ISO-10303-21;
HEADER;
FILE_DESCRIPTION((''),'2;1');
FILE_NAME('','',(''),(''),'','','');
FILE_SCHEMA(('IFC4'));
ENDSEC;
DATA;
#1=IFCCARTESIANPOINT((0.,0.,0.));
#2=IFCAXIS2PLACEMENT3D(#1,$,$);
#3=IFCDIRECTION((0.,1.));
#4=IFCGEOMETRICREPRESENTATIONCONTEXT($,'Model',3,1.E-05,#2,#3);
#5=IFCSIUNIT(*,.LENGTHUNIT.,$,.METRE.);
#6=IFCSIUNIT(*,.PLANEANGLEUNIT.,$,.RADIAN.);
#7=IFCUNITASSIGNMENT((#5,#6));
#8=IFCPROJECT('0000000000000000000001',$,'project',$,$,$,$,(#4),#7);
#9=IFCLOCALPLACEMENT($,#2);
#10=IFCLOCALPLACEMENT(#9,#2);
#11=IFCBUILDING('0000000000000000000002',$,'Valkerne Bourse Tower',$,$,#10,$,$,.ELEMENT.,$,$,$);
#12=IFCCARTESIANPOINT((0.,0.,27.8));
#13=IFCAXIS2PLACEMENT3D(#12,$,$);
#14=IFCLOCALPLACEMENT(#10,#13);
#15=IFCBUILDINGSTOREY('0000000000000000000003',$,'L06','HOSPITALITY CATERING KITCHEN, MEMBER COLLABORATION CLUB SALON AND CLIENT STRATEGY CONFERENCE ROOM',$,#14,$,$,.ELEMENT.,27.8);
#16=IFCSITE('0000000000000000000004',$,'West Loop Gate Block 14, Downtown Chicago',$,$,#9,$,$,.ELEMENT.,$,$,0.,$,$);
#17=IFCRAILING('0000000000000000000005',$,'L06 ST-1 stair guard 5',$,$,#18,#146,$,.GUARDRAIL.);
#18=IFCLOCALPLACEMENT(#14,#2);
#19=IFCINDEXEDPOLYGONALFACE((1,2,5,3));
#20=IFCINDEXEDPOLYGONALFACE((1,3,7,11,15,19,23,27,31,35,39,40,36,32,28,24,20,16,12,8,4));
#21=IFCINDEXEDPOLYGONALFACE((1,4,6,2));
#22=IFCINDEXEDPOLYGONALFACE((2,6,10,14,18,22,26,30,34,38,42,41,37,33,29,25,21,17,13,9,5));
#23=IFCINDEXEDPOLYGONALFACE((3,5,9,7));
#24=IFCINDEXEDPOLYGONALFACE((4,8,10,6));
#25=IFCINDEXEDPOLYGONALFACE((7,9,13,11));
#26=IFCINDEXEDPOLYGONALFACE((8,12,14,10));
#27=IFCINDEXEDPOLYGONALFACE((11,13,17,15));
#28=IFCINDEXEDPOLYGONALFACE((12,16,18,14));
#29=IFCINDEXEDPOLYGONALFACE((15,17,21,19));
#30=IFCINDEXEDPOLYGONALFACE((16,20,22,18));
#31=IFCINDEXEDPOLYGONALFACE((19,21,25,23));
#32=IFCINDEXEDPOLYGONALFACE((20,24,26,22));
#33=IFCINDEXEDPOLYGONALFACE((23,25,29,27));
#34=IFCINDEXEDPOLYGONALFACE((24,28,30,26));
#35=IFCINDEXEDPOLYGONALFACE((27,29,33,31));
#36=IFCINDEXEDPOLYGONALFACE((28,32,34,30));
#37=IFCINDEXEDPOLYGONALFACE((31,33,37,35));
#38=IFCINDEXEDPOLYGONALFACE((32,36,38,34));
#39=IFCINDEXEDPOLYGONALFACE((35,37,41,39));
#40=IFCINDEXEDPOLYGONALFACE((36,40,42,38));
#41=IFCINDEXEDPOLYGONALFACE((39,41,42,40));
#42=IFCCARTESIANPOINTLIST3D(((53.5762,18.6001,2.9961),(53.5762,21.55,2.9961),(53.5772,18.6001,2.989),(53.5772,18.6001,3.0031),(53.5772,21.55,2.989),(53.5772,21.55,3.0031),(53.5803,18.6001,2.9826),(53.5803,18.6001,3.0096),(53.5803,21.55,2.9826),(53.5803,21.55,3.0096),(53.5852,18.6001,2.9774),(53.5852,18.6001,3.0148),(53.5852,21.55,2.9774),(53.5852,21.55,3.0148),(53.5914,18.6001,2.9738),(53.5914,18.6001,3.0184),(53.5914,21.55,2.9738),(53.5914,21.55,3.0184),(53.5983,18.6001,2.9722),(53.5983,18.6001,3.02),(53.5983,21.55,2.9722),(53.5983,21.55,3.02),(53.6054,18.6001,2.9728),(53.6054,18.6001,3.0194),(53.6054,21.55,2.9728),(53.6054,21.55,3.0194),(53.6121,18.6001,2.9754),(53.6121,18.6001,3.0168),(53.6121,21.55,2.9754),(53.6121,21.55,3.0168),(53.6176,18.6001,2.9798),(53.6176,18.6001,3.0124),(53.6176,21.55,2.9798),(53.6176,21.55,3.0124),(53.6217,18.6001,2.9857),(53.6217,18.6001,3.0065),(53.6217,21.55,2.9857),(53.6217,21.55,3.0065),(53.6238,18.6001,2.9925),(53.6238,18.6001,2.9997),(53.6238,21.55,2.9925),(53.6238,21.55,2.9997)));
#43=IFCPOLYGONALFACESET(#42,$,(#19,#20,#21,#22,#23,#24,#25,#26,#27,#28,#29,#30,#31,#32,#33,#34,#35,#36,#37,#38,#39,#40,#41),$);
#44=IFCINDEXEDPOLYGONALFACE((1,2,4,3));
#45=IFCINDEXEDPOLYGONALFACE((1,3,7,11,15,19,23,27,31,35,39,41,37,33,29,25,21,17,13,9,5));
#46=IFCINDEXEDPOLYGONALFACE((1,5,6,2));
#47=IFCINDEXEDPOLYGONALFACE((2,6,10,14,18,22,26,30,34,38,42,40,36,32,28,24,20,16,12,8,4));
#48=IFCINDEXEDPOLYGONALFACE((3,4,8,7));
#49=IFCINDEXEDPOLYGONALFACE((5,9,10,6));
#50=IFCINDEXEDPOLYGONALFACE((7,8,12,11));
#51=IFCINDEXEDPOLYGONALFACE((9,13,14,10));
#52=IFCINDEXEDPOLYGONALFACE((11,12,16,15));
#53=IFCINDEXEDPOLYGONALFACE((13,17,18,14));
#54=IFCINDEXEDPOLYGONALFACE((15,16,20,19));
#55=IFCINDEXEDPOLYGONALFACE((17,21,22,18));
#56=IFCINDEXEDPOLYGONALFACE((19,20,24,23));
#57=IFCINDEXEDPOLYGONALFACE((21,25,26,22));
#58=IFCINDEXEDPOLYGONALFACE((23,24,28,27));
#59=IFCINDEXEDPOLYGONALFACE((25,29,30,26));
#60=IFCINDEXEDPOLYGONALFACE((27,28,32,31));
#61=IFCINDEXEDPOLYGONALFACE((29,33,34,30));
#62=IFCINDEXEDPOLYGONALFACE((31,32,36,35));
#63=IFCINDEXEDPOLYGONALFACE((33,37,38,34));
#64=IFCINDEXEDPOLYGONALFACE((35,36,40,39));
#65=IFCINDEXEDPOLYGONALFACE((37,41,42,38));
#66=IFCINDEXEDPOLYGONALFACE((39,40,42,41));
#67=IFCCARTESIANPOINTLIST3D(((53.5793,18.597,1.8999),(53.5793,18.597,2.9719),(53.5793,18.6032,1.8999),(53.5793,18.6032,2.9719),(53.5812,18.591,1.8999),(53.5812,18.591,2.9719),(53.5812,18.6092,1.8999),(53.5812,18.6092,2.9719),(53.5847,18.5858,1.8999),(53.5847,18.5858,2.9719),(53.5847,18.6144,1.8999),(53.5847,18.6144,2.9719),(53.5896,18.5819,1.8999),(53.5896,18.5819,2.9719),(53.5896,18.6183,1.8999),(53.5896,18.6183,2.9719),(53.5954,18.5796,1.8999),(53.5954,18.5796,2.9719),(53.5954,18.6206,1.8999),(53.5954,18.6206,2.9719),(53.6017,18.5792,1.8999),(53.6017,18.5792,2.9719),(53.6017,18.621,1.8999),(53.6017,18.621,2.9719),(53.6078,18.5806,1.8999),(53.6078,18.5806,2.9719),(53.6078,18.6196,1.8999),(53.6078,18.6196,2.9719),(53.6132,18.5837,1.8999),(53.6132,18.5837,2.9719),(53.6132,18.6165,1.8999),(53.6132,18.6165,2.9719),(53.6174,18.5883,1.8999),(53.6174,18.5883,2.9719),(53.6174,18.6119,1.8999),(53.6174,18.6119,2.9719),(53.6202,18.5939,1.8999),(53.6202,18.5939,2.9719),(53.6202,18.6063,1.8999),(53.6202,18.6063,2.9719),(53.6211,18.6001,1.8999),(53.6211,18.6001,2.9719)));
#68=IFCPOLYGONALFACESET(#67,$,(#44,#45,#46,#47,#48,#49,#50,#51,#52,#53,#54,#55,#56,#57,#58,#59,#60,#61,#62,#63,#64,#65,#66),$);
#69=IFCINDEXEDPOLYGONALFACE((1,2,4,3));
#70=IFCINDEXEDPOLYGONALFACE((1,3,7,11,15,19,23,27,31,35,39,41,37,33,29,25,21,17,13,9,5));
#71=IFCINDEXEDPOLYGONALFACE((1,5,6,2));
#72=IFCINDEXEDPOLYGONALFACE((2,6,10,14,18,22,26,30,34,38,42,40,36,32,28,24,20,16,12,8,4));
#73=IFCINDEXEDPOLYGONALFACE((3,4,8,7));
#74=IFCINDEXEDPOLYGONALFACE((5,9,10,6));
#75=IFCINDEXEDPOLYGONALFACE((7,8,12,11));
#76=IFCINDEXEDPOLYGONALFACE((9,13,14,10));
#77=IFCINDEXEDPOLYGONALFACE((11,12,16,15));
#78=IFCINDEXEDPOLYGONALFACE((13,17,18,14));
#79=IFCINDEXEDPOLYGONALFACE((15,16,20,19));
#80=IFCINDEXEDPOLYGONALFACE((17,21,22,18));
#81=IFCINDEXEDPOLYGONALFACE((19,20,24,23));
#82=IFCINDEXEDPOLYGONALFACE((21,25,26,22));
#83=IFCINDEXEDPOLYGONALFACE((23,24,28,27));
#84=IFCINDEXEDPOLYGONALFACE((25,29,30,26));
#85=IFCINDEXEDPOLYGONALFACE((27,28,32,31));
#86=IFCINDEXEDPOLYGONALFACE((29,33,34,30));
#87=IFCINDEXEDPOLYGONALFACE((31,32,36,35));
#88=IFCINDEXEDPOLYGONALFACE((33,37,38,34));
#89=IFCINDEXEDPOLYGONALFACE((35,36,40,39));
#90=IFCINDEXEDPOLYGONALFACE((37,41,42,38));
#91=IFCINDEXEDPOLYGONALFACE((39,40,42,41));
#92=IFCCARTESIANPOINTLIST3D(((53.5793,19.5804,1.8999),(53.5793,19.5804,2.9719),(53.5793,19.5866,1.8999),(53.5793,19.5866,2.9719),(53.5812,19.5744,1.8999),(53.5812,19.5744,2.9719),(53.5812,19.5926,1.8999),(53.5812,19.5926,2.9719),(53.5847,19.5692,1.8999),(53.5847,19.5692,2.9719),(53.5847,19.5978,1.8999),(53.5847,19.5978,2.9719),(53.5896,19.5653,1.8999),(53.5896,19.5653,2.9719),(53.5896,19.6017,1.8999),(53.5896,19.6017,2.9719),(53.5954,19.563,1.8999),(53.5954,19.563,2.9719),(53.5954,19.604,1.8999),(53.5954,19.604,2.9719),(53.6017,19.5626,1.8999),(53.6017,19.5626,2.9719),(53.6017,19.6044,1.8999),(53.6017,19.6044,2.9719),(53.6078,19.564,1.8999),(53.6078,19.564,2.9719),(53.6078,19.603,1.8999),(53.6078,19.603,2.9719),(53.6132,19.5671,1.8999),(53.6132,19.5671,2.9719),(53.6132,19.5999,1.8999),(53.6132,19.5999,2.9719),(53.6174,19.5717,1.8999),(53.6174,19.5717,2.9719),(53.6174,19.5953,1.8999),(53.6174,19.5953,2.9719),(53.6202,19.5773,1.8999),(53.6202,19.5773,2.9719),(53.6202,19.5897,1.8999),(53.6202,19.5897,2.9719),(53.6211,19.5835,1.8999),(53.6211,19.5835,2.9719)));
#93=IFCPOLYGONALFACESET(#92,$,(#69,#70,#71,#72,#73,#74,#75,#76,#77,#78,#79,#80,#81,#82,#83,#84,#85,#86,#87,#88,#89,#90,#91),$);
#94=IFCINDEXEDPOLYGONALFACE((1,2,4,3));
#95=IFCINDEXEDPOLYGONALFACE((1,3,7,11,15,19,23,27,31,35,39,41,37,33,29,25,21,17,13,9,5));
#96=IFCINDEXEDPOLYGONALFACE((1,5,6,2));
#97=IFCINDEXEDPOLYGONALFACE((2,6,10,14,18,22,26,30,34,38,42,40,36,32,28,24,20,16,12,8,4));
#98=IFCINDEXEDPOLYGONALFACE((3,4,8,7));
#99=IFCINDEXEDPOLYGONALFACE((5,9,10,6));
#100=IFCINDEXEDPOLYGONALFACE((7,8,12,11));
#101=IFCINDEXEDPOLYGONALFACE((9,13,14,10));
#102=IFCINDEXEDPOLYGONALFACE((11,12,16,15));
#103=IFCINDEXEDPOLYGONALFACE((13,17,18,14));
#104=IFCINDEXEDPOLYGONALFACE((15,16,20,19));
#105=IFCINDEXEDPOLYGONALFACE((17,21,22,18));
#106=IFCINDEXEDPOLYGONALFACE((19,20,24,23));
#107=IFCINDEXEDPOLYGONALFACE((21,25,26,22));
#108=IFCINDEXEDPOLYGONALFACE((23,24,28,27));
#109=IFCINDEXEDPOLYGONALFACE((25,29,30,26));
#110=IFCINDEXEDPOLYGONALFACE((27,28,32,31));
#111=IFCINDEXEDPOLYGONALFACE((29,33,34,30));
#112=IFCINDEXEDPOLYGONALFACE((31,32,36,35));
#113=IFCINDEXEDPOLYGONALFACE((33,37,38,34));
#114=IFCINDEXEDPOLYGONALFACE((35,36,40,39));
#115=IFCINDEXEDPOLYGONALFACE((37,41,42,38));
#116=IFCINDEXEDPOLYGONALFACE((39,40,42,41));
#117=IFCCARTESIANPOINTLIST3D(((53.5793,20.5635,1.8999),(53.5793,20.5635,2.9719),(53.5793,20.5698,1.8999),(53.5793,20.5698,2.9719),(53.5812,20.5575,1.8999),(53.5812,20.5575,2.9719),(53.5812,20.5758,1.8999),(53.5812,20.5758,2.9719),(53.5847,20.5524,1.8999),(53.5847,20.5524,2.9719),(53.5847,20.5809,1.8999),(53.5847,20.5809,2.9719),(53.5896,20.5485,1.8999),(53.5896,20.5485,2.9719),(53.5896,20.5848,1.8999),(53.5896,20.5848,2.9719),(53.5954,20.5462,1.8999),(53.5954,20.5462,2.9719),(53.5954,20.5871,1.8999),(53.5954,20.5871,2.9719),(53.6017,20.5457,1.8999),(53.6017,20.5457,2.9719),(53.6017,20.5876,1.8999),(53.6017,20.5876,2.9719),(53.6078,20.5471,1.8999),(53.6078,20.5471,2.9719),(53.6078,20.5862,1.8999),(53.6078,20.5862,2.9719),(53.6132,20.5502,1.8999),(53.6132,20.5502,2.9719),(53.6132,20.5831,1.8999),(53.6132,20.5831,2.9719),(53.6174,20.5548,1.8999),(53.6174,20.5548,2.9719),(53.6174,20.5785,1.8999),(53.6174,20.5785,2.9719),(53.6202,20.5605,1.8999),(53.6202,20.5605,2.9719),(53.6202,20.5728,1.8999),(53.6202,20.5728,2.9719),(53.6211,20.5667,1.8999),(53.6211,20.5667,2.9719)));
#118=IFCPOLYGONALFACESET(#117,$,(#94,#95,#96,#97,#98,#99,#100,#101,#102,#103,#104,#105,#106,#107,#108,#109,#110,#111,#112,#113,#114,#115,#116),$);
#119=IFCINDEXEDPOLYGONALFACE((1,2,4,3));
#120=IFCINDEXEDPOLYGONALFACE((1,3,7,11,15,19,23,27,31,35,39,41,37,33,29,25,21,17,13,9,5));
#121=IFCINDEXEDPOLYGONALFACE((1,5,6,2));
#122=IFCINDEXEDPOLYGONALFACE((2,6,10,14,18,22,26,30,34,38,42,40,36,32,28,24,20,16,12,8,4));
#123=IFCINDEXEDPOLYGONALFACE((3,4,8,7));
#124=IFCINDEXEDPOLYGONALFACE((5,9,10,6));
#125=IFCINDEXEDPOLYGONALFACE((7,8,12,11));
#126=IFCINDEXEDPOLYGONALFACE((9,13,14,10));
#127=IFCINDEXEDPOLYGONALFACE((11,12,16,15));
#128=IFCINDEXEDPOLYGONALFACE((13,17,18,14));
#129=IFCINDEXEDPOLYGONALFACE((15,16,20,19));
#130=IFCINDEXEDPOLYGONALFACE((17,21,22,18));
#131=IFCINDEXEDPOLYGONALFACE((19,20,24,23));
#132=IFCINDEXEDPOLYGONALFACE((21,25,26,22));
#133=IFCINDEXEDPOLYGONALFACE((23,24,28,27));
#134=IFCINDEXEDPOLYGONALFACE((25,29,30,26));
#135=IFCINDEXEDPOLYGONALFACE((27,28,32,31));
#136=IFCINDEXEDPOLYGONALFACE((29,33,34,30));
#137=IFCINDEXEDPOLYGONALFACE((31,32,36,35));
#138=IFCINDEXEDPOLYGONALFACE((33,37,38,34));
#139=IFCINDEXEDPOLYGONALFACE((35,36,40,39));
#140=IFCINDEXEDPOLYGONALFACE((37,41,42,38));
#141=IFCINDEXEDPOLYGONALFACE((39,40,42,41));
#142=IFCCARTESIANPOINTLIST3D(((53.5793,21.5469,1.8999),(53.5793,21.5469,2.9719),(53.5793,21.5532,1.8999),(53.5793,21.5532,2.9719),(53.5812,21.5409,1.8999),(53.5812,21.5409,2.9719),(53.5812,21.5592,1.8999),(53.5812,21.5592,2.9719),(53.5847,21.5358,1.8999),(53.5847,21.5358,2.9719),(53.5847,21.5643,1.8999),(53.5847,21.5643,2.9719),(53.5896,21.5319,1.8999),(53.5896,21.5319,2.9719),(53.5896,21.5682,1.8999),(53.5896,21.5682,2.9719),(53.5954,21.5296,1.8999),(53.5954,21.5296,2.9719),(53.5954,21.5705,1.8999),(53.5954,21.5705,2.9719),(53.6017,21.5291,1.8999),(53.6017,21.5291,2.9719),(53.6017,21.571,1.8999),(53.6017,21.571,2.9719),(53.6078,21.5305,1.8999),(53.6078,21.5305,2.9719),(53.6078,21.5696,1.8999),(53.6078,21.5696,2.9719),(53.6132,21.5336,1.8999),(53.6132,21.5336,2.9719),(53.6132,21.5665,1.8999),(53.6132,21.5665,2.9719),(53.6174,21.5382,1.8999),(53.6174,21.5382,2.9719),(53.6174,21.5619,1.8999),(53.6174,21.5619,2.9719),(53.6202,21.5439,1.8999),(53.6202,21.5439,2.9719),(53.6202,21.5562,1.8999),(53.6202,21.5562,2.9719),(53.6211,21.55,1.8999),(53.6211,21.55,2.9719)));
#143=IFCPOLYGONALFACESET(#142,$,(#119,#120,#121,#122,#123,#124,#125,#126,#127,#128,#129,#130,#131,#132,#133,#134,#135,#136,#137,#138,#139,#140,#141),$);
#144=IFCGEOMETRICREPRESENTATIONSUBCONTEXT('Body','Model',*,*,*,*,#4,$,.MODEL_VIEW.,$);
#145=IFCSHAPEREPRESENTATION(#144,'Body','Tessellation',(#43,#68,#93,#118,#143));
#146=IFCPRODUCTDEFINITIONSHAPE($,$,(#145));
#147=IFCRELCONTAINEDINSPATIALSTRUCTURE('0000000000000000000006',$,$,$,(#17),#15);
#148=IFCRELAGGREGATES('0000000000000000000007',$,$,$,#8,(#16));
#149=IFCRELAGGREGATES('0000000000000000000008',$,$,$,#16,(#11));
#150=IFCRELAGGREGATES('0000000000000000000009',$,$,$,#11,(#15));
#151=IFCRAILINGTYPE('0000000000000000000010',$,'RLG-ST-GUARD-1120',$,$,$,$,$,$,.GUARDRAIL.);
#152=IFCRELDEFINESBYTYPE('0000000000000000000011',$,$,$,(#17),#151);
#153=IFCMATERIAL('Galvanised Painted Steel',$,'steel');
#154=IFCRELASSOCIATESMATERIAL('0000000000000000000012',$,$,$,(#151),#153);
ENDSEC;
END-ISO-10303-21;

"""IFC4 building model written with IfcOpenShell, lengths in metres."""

from ifc_helpers import new_model, si_unit, direction, frame, origin, origin_2d, place, context, subcontext, project, spatial, circle, extrude, material, type_object, element, save


model = new_model("IFC4")

# Units and contexts
model_context = context("Model", 3, precision=1e-05, world=origin(), true_north=direction((0.0, 1.0)))
body_context = subcontext(model_context, "Body", "Model", "MODEL_VIEW")
ifc_project = project(units=[si_unit("LENGTHUNIT", "METRE"), si_unit("PLANEANGLEUNIT", "RADIAN")], contexts=[model_context])

# Site, building, storey
site_placement = place(None, origin())
site = spatial("IfcSite", under=ifc_project, at=site_placement, Name="West Loop Gate Block 14, Downtown Chicago", CompositionType="ELEMENT", RefElevation=0.0)
building_placement = place(site_placement, origin())
building = spatial("IfcBuilding", under=site, at=building_placement, Name="Valkerne Bourse Tower", CompositionType="ELEMENT")
storey_placement = place(building_placement, frame((0.0, 0.0, 27.8)))
storey = spatial("IfcBuildingStorey", under=building, at=storey_placement, Name="L06", Description="HOSPITALITY CATERING KITCHEN, MEMBER COLLABORATION CLUB SALON AND CLIENT STRATEGY CONFERENCE ROOM", CompositionType="ELEMENT", Elevation=27.8)

# Shared definitions
ifc_material_1 = material(Name="Galvanised Painted Steel", Category="steel")

# Railing
railing_type_1 = type_object("IfcRailingType", Name="RLG-ST-GUARD-1120", PredefinedType="GUARDRAIL", material=ifc_material_1)
railing_1_placement = place(storey_placement, frame((53.6001, 18.6001, 1.8999)))
element("IfcRailing", 1, at=railing_1_placement, inside=storey, type_object=railing_type_1, Name="L06 ST-1 stair guard 5", PredefinedType="GUARDRAIL", context=body_context, shape_type="SweptSolid", body=[
    extrude(circle(Radius=0.0239, at=origin_2d()), frame((0.0, 0.0, 1.0962), z_axis=(0.0, 1.0, 0.0), x_axis=(-1.0, 0.0, 0.0)), (0.0, 0.0, 1.0), 2.95),
    extrude(circle(Radius=0.021, at=origin_2d()), origin(), (0.0, 0.0, 1.0), 1.072),
    extrude(circle(Radius=0.021, at=origin_2d()), frame((0.0, 0.9834, 0.0)), (0.0, 0.0, 1.0), 1.072),
    extrude(circle(Radius=0.021, at=origin_2d()), frame((0.0, 1.9666, 0.0)), (0.0, 0.0, 1.0), 1.072),
    extrude(circle(Radius=0.021, at=origin_2d()), frame((0.0, 2.95, 0.0)), (0.0, 0.0, 1.0), 1.072),
])

save(model, "model.ifc")
